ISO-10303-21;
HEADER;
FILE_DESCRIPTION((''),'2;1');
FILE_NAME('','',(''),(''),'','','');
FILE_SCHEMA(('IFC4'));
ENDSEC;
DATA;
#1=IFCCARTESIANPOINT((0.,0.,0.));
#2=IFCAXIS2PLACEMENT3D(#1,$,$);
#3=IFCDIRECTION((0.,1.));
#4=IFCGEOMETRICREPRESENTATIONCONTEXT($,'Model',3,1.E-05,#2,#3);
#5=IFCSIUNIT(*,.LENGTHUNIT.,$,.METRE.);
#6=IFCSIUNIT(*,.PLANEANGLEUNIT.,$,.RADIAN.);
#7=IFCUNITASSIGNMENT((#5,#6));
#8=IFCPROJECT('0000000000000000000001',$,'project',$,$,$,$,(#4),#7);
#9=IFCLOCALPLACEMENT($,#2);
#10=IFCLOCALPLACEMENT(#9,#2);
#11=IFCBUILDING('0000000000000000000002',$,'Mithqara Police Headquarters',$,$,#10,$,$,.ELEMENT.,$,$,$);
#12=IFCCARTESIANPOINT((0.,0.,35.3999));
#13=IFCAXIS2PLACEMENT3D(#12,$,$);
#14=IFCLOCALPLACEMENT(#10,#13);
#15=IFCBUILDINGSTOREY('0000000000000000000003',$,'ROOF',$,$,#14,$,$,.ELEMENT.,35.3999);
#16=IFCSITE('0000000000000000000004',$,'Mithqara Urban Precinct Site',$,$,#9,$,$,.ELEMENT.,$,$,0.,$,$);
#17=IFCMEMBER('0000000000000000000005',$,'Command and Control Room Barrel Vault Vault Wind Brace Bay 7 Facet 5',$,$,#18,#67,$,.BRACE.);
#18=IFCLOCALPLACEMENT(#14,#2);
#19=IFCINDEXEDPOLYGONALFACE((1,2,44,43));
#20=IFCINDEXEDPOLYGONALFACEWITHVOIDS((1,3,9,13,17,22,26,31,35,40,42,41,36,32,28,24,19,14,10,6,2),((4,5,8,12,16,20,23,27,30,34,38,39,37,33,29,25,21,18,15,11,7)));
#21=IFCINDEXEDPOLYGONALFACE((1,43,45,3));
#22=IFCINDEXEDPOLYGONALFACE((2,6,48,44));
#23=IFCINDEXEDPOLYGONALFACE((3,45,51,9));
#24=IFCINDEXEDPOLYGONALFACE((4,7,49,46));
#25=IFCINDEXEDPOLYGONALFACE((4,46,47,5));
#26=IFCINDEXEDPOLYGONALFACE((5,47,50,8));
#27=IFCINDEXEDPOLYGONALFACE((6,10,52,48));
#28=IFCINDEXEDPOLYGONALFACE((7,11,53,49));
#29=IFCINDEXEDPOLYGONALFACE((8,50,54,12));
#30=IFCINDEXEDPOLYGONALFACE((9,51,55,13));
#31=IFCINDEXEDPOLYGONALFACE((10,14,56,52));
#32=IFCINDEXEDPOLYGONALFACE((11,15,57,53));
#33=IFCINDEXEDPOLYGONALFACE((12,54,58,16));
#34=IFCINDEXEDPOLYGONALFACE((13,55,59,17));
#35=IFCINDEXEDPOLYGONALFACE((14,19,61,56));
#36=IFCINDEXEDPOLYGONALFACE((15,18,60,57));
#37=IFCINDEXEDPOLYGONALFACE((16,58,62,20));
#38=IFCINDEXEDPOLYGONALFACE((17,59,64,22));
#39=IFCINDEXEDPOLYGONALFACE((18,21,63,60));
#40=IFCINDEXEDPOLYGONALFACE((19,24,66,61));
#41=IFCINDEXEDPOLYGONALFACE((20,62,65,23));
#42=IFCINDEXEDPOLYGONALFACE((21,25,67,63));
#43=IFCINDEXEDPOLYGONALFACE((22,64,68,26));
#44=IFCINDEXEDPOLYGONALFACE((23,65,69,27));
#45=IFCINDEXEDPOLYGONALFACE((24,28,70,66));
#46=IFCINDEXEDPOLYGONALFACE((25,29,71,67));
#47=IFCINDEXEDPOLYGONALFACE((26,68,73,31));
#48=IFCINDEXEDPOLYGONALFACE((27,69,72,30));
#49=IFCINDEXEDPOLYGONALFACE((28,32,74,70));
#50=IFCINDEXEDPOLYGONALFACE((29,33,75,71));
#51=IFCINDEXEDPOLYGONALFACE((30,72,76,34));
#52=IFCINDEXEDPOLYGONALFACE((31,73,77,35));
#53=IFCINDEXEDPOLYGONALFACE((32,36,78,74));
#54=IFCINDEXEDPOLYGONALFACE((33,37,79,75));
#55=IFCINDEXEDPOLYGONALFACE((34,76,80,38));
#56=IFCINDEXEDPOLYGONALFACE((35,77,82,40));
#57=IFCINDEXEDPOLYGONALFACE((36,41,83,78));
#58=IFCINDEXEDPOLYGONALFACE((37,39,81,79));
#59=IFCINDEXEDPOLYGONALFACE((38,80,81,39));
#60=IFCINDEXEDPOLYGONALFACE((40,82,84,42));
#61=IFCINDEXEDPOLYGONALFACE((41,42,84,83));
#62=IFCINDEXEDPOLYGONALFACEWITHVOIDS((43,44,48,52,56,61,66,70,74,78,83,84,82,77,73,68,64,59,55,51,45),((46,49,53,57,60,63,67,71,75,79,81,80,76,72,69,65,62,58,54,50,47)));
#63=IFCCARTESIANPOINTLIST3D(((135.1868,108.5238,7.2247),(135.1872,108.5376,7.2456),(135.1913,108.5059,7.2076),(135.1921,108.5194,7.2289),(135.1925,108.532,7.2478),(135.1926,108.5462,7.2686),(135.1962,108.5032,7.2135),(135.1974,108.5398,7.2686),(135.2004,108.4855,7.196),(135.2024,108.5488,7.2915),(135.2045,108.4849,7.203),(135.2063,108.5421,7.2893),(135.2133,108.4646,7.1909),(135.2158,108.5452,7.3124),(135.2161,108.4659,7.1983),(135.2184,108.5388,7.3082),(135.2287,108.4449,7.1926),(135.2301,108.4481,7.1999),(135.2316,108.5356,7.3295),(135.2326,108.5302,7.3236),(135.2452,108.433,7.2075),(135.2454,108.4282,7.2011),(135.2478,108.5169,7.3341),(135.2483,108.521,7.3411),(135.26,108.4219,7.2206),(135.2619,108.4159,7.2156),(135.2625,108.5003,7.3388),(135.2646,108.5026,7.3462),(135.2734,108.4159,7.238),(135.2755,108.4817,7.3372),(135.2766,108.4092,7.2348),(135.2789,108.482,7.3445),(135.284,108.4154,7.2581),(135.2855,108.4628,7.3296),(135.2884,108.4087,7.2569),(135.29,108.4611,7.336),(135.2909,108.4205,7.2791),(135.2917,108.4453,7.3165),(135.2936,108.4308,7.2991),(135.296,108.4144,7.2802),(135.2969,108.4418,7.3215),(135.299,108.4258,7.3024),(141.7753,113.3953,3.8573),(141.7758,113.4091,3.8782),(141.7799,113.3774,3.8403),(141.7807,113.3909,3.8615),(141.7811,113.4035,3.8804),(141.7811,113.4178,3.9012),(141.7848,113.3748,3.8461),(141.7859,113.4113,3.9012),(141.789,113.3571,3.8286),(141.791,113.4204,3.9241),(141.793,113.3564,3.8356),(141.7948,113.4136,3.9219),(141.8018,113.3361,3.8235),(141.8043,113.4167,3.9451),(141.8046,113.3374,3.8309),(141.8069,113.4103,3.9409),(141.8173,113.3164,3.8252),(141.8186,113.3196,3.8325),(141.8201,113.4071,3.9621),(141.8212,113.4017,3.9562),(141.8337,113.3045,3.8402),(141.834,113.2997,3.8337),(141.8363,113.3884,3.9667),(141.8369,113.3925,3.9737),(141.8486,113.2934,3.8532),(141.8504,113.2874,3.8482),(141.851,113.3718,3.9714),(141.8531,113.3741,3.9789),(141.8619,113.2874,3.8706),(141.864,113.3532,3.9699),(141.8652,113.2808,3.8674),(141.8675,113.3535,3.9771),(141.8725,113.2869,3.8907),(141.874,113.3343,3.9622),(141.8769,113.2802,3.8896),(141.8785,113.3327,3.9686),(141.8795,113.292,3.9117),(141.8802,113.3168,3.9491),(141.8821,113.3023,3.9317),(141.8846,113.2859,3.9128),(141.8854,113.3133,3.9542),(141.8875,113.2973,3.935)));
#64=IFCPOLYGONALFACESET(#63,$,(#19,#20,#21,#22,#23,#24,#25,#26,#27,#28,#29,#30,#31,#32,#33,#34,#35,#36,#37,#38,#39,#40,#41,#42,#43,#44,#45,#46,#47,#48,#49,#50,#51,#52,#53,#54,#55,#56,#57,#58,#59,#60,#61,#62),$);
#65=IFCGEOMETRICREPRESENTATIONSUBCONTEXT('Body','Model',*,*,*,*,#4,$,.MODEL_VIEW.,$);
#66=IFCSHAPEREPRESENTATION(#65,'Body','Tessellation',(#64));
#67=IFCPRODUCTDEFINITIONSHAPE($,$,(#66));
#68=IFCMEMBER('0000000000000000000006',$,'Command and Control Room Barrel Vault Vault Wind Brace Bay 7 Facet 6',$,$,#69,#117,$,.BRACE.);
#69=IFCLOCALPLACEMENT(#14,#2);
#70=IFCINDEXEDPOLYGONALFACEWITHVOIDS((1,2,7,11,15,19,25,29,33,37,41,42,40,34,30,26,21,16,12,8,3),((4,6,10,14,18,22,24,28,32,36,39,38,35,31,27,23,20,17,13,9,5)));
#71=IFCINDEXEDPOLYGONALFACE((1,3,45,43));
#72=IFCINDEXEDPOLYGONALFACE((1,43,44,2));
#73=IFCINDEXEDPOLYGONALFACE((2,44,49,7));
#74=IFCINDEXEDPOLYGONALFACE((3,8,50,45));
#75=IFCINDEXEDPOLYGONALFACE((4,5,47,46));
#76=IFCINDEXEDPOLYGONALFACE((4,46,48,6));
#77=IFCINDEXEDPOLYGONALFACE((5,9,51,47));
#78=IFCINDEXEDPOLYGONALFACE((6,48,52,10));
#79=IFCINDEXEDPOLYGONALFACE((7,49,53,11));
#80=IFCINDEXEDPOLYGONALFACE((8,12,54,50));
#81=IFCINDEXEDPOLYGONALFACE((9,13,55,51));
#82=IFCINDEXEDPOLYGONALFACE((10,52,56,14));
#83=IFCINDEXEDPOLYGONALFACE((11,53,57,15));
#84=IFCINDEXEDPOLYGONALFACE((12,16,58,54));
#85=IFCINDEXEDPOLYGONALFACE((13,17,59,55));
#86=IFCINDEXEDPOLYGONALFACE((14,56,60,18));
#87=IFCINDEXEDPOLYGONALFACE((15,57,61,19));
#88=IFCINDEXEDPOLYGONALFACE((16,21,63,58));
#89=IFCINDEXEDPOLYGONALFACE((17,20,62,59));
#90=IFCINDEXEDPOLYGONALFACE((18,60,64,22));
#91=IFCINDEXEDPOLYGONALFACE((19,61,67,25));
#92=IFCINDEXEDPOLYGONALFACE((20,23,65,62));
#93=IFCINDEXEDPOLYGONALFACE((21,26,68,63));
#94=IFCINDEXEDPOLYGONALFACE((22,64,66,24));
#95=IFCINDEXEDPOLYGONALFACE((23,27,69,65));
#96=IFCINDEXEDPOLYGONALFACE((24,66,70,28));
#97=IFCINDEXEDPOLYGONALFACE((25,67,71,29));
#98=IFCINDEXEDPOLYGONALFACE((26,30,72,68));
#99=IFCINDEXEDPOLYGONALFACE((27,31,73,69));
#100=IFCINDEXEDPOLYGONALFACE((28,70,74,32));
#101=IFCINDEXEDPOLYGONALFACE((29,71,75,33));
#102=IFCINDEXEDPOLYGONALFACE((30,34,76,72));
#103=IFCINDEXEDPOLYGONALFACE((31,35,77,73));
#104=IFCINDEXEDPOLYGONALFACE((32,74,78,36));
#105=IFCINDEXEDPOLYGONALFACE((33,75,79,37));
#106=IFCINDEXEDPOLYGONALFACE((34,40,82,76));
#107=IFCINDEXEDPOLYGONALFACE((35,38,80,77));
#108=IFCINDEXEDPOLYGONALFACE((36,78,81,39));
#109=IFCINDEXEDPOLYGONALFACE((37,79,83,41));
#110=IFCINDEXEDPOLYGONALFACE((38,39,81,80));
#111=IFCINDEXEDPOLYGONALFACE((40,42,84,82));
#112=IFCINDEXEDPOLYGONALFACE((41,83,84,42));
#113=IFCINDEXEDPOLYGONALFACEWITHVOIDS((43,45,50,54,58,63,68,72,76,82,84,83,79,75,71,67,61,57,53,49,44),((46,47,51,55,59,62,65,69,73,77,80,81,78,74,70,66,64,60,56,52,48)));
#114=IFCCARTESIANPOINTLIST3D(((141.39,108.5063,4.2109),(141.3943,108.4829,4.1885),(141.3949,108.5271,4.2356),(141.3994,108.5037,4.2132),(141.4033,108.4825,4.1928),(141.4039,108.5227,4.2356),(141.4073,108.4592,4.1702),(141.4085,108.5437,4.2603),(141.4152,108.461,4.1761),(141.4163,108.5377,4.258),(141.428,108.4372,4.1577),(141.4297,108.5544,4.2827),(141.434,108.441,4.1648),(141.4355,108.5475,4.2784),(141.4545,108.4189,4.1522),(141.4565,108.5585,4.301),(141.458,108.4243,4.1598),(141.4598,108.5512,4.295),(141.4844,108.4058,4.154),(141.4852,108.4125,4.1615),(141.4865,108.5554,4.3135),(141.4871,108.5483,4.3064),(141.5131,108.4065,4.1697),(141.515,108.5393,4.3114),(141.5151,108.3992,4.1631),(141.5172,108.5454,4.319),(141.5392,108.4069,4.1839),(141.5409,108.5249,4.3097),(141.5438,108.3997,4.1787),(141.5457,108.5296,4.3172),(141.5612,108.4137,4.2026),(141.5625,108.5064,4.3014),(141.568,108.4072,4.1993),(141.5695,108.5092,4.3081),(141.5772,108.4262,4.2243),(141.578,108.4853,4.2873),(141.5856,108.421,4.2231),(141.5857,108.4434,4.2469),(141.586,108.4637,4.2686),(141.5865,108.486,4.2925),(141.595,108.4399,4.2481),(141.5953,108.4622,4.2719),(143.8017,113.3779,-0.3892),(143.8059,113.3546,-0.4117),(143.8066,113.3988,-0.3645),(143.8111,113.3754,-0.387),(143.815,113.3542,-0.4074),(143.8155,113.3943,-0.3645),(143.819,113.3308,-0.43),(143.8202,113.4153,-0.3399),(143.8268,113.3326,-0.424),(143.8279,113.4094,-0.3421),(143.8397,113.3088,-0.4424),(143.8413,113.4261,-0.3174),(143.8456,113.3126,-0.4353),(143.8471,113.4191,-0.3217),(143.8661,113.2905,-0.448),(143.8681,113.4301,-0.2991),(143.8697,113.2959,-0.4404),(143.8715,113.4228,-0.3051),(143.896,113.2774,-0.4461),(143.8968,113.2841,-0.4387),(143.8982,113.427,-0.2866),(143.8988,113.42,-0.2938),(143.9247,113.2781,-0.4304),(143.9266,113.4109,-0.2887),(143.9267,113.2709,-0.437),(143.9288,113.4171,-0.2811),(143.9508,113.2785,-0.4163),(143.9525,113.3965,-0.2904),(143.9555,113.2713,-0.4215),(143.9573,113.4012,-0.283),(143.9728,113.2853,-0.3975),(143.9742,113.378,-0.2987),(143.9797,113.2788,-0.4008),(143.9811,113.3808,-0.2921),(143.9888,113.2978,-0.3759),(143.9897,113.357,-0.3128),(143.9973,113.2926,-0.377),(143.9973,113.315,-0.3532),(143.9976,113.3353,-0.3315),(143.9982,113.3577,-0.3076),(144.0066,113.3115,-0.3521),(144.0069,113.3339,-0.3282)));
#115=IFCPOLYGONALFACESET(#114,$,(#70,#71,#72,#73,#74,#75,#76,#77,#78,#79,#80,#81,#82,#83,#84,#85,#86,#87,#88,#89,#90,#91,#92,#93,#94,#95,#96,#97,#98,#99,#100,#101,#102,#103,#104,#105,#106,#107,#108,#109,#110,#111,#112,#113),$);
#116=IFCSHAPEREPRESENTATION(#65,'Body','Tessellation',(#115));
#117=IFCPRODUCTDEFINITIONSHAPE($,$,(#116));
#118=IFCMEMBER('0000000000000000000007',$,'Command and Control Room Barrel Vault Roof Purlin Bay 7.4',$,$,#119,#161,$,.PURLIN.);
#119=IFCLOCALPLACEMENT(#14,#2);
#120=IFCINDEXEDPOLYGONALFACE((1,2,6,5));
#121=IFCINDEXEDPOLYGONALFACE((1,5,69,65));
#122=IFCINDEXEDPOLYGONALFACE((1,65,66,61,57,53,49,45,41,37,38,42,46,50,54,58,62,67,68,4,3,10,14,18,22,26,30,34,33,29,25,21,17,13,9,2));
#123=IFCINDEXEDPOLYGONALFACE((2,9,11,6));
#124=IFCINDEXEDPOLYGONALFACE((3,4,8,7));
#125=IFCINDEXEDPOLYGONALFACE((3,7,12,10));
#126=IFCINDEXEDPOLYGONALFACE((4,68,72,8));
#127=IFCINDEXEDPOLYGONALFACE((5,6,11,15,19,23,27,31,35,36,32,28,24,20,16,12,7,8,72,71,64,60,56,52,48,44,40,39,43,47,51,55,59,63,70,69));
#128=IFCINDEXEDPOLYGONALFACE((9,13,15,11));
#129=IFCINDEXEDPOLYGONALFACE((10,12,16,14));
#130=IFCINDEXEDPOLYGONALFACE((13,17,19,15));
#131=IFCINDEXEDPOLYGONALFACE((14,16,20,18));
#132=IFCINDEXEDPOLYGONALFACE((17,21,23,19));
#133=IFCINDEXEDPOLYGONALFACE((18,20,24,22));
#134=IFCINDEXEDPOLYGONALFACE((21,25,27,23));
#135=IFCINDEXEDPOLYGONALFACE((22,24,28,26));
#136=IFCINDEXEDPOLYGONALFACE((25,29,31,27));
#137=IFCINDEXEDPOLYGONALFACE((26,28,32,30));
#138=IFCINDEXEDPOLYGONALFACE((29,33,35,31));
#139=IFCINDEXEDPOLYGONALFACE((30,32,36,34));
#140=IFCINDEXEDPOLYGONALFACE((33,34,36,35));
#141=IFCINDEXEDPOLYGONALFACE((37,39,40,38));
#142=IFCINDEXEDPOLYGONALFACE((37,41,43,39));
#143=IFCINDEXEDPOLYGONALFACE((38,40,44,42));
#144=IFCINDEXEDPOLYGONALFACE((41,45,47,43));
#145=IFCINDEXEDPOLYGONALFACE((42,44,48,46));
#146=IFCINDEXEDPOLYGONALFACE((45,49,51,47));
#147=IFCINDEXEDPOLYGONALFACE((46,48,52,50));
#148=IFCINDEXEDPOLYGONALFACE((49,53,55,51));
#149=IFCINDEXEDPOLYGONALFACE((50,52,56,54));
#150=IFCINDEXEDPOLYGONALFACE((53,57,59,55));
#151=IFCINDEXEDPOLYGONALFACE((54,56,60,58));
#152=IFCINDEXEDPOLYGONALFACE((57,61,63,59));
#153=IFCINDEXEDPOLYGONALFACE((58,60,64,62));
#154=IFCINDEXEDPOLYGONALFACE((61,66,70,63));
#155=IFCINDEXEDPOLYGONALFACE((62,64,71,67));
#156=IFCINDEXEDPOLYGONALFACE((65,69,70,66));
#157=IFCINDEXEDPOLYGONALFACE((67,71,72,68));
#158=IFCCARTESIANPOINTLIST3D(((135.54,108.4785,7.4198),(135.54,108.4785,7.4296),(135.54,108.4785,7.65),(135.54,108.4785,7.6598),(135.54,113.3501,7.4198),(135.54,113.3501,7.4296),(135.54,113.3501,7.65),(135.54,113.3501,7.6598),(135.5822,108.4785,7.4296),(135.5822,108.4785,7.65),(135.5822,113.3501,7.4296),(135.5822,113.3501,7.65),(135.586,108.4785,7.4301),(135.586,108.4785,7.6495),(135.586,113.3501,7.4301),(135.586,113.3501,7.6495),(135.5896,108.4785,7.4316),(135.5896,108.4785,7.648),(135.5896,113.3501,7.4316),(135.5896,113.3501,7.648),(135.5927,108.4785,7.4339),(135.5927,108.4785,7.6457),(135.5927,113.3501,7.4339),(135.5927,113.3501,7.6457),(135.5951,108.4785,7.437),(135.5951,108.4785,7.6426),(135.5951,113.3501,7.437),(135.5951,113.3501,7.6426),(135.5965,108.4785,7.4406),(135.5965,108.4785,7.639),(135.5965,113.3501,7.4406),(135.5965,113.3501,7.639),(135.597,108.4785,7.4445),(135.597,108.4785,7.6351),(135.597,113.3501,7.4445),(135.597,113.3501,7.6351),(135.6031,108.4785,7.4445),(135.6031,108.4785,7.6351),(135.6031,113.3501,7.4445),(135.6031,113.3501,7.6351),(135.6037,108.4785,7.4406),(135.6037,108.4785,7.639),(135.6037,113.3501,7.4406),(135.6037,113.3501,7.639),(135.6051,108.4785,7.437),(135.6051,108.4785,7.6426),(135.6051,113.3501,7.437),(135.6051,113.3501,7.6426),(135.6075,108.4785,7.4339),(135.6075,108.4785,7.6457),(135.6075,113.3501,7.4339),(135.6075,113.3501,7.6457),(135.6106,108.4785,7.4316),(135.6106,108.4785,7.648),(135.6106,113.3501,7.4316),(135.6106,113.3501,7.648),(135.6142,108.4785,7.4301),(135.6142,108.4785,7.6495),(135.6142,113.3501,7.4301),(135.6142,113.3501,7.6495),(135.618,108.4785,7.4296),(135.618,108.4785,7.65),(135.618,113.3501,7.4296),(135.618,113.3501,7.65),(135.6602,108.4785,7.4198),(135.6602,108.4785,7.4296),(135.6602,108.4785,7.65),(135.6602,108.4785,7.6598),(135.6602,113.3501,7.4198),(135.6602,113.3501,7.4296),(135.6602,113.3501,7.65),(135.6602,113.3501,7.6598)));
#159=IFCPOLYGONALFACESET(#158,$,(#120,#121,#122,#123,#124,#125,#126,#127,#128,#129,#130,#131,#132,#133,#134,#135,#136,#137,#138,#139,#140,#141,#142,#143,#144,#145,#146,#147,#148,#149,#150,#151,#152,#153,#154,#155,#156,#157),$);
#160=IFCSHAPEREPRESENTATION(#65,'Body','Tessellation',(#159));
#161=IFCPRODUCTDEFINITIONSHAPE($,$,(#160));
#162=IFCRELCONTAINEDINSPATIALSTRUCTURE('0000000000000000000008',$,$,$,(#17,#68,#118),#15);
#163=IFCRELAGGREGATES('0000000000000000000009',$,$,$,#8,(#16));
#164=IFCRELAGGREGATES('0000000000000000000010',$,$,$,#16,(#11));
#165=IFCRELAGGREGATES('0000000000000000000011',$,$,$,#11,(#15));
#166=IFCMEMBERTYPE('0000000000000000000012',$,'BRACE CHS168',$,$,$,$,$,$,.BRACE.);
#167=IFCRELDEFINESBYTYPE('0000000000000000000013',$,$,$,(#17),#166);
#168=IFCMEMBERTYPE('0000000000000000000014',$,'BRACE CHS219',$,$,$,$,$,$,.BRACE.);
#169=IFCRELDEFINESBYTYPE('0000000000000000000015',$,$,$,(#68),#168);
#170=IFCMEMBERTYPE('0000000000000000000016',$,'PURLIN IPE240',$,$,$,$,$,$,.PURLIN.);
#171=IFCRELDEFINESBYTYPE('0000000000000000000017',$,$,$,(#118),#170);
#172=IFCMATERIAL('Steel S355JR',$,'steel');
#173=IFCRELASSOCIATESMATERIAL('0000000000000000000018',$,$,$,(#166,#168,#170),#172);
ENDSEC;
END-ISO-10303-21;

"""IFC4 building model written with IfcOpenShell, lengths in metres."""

from ifc_helpers import new_model, si_unit, direction, frame, origin, origin_2d, place, context, subcontext, project, spatial, hollow_circle, i_section, extrude, material, material_profile, profile_set, type_object, element, save


model = new_model("IFC4")

# Units and contexts
model_context = context("Model", 3, precision=1e-05, world=origin(), true_north=direction((0.0, 1.0)))
body_context = subcontext(model_context, "Body", "Model", "MODEL_VIEW")
ifc_project = project(units=[si_unit("LENGTHUNIT", "METRE"), si_unit("PLANEANGLEUNIT", "RADIAN")], contexts=[model_context])

# Site, building, storey
site_placement = place(None, origin())
site = spatial("IfcSite", under=ifc_project, at=site_placement, Name="Mithqara Urban Precinct Site", CompositionType="ELEMENT", RefElevation=0.0)
building_placement = place(site_placement, origin())
building = spatial("IfcBuilding", under=site, at=building_placement, Name="Mithqara Police Headquarters", CompositionType="ELEMENT")
storey_placement = place(building_placement, frame((0.0, 0.0, 35.3999)))
storey = spatial("IfcBuildingStorey", under=building, at=storey_placement, Name="ROOF", CompositionType="ELEMENT", Elevation=35.3999)

# Members
ifc_material_1 = material(Name="Steel S355JR", Category="steel")
ifc_material_profile_1 = material_profile(ifc_material_1, hollow_circle(Radius=0.0842, WallThickness=0.0081, at=origin_2d()), Name="CHS 168.3x8.0")
ifc_profile_set_1 = profile_set([ifc_material_profile_1], Name="Steel S355JR")
member_type_1 = type_object("IfcMemberType", Name="BRACE CHS168", PredefinedType="BRACE", material=ifc_profile_set_1)
member_1_placement = place(storey_placement, frame((135.2427, 108.4785, 7.2686), z_axis=(0.743721, 0.549902, -0.380114), x_axis=(-0.594528, 0.804075, 0.0)))
element("IfcMember", 1, at=member_1_placement, inside=storey, type_object=member_type_1, Name="Command and Control Room Barrel Vault Vault Wind Brace Bay 7 Facet 5", PredefinedType="BRACE", context=body_context, shape_type="SweptSolid", body=[
    extrude(hollow_circle(Radius=0.0842, WallThickness=0.0081, at=origin_2d()), origin(), (0.0, 0.0, 1.0), 8.8589),
])
ifc_material_profile_2 = material_profile(ifc_material_1, hollow_circle(Radius=0.1096, WallThickness=0.01, at=origin_2d()), Name="CHS 219.1x10.0")
ifc_profile_set_2 = profile_set([ifc_material_profile_2], Name="Steel S355JR")
member_type_2 = type_object("IfcMemberType", Name="BRACE CHS219", PredefinedType="BRACE", material=ifc_profile_set_2)
member_2_placement = place(storey_placement, frame((141.4932, 108.4785, 4.2356), z_axis=(0.338662, 0.684112, -0.645987), x_axis=(-0.896199, 0.443653, 0.0)))
element("IfcMember", 2, at=member_2_placement, inside=storey, type_object=member_type_2, Name="Command and Control Room Barrel Vault Vault Wind Brace Bay 7 Facet 6", PredefinedType="BRACE", context=body_context, shape_type="SweptSolid", body=[
    extrude(hollow_circle(Radius=0.1096, WallThickness=0.01, at=origin_2d()), origin(), (0.0, 0.0, 1.0), 7.1211),
])
ifc_material_profile_3 = material_profile(ifc_material_1, i_section(OverallWidth=0.1201, OverallDepth=0.24, WebThickness=0.0061, FlangeThickness=0.0098, FilletRadius=0.0149, at=origin_2d()), Name="IPE 240")
ifc_profile_set_3 = profile_set([ifc_material_profile_3], Name="Steel S355JR")
member_type_3 = type_object("IfcMemberType", Name="PURLIN IPE240", PredefinedType="PURLIN", material=ifc_profile_set_3)
member_3_placement = place(storey_placement, frame((135.6001, 108.4785, 7.5398), z_axis=(0.0, 1.0, 0.0), x_axis=(-1.0, 0.0, 0.0)))
element("IfcMember", 3, at=member_3_placement, inside=storey, type_object=member_type_3, Name="Command and Control Room Barrel Vault Roof Purlin Bay 7.4", PredefinedType="PURLIN", context=body_context, shape_type="SweptSolid", body=[
    extrude(i_section(OverallWidth=0.1201, OverallDepth=0.24, WebThickness=0.0061, FlangeThickness=0.0098, FilletRadius=0.0149, at=origin_2d()), origin(), (0.0, 0.0, 1.0), 4.8716),
])

save(model, "model.ifc")
